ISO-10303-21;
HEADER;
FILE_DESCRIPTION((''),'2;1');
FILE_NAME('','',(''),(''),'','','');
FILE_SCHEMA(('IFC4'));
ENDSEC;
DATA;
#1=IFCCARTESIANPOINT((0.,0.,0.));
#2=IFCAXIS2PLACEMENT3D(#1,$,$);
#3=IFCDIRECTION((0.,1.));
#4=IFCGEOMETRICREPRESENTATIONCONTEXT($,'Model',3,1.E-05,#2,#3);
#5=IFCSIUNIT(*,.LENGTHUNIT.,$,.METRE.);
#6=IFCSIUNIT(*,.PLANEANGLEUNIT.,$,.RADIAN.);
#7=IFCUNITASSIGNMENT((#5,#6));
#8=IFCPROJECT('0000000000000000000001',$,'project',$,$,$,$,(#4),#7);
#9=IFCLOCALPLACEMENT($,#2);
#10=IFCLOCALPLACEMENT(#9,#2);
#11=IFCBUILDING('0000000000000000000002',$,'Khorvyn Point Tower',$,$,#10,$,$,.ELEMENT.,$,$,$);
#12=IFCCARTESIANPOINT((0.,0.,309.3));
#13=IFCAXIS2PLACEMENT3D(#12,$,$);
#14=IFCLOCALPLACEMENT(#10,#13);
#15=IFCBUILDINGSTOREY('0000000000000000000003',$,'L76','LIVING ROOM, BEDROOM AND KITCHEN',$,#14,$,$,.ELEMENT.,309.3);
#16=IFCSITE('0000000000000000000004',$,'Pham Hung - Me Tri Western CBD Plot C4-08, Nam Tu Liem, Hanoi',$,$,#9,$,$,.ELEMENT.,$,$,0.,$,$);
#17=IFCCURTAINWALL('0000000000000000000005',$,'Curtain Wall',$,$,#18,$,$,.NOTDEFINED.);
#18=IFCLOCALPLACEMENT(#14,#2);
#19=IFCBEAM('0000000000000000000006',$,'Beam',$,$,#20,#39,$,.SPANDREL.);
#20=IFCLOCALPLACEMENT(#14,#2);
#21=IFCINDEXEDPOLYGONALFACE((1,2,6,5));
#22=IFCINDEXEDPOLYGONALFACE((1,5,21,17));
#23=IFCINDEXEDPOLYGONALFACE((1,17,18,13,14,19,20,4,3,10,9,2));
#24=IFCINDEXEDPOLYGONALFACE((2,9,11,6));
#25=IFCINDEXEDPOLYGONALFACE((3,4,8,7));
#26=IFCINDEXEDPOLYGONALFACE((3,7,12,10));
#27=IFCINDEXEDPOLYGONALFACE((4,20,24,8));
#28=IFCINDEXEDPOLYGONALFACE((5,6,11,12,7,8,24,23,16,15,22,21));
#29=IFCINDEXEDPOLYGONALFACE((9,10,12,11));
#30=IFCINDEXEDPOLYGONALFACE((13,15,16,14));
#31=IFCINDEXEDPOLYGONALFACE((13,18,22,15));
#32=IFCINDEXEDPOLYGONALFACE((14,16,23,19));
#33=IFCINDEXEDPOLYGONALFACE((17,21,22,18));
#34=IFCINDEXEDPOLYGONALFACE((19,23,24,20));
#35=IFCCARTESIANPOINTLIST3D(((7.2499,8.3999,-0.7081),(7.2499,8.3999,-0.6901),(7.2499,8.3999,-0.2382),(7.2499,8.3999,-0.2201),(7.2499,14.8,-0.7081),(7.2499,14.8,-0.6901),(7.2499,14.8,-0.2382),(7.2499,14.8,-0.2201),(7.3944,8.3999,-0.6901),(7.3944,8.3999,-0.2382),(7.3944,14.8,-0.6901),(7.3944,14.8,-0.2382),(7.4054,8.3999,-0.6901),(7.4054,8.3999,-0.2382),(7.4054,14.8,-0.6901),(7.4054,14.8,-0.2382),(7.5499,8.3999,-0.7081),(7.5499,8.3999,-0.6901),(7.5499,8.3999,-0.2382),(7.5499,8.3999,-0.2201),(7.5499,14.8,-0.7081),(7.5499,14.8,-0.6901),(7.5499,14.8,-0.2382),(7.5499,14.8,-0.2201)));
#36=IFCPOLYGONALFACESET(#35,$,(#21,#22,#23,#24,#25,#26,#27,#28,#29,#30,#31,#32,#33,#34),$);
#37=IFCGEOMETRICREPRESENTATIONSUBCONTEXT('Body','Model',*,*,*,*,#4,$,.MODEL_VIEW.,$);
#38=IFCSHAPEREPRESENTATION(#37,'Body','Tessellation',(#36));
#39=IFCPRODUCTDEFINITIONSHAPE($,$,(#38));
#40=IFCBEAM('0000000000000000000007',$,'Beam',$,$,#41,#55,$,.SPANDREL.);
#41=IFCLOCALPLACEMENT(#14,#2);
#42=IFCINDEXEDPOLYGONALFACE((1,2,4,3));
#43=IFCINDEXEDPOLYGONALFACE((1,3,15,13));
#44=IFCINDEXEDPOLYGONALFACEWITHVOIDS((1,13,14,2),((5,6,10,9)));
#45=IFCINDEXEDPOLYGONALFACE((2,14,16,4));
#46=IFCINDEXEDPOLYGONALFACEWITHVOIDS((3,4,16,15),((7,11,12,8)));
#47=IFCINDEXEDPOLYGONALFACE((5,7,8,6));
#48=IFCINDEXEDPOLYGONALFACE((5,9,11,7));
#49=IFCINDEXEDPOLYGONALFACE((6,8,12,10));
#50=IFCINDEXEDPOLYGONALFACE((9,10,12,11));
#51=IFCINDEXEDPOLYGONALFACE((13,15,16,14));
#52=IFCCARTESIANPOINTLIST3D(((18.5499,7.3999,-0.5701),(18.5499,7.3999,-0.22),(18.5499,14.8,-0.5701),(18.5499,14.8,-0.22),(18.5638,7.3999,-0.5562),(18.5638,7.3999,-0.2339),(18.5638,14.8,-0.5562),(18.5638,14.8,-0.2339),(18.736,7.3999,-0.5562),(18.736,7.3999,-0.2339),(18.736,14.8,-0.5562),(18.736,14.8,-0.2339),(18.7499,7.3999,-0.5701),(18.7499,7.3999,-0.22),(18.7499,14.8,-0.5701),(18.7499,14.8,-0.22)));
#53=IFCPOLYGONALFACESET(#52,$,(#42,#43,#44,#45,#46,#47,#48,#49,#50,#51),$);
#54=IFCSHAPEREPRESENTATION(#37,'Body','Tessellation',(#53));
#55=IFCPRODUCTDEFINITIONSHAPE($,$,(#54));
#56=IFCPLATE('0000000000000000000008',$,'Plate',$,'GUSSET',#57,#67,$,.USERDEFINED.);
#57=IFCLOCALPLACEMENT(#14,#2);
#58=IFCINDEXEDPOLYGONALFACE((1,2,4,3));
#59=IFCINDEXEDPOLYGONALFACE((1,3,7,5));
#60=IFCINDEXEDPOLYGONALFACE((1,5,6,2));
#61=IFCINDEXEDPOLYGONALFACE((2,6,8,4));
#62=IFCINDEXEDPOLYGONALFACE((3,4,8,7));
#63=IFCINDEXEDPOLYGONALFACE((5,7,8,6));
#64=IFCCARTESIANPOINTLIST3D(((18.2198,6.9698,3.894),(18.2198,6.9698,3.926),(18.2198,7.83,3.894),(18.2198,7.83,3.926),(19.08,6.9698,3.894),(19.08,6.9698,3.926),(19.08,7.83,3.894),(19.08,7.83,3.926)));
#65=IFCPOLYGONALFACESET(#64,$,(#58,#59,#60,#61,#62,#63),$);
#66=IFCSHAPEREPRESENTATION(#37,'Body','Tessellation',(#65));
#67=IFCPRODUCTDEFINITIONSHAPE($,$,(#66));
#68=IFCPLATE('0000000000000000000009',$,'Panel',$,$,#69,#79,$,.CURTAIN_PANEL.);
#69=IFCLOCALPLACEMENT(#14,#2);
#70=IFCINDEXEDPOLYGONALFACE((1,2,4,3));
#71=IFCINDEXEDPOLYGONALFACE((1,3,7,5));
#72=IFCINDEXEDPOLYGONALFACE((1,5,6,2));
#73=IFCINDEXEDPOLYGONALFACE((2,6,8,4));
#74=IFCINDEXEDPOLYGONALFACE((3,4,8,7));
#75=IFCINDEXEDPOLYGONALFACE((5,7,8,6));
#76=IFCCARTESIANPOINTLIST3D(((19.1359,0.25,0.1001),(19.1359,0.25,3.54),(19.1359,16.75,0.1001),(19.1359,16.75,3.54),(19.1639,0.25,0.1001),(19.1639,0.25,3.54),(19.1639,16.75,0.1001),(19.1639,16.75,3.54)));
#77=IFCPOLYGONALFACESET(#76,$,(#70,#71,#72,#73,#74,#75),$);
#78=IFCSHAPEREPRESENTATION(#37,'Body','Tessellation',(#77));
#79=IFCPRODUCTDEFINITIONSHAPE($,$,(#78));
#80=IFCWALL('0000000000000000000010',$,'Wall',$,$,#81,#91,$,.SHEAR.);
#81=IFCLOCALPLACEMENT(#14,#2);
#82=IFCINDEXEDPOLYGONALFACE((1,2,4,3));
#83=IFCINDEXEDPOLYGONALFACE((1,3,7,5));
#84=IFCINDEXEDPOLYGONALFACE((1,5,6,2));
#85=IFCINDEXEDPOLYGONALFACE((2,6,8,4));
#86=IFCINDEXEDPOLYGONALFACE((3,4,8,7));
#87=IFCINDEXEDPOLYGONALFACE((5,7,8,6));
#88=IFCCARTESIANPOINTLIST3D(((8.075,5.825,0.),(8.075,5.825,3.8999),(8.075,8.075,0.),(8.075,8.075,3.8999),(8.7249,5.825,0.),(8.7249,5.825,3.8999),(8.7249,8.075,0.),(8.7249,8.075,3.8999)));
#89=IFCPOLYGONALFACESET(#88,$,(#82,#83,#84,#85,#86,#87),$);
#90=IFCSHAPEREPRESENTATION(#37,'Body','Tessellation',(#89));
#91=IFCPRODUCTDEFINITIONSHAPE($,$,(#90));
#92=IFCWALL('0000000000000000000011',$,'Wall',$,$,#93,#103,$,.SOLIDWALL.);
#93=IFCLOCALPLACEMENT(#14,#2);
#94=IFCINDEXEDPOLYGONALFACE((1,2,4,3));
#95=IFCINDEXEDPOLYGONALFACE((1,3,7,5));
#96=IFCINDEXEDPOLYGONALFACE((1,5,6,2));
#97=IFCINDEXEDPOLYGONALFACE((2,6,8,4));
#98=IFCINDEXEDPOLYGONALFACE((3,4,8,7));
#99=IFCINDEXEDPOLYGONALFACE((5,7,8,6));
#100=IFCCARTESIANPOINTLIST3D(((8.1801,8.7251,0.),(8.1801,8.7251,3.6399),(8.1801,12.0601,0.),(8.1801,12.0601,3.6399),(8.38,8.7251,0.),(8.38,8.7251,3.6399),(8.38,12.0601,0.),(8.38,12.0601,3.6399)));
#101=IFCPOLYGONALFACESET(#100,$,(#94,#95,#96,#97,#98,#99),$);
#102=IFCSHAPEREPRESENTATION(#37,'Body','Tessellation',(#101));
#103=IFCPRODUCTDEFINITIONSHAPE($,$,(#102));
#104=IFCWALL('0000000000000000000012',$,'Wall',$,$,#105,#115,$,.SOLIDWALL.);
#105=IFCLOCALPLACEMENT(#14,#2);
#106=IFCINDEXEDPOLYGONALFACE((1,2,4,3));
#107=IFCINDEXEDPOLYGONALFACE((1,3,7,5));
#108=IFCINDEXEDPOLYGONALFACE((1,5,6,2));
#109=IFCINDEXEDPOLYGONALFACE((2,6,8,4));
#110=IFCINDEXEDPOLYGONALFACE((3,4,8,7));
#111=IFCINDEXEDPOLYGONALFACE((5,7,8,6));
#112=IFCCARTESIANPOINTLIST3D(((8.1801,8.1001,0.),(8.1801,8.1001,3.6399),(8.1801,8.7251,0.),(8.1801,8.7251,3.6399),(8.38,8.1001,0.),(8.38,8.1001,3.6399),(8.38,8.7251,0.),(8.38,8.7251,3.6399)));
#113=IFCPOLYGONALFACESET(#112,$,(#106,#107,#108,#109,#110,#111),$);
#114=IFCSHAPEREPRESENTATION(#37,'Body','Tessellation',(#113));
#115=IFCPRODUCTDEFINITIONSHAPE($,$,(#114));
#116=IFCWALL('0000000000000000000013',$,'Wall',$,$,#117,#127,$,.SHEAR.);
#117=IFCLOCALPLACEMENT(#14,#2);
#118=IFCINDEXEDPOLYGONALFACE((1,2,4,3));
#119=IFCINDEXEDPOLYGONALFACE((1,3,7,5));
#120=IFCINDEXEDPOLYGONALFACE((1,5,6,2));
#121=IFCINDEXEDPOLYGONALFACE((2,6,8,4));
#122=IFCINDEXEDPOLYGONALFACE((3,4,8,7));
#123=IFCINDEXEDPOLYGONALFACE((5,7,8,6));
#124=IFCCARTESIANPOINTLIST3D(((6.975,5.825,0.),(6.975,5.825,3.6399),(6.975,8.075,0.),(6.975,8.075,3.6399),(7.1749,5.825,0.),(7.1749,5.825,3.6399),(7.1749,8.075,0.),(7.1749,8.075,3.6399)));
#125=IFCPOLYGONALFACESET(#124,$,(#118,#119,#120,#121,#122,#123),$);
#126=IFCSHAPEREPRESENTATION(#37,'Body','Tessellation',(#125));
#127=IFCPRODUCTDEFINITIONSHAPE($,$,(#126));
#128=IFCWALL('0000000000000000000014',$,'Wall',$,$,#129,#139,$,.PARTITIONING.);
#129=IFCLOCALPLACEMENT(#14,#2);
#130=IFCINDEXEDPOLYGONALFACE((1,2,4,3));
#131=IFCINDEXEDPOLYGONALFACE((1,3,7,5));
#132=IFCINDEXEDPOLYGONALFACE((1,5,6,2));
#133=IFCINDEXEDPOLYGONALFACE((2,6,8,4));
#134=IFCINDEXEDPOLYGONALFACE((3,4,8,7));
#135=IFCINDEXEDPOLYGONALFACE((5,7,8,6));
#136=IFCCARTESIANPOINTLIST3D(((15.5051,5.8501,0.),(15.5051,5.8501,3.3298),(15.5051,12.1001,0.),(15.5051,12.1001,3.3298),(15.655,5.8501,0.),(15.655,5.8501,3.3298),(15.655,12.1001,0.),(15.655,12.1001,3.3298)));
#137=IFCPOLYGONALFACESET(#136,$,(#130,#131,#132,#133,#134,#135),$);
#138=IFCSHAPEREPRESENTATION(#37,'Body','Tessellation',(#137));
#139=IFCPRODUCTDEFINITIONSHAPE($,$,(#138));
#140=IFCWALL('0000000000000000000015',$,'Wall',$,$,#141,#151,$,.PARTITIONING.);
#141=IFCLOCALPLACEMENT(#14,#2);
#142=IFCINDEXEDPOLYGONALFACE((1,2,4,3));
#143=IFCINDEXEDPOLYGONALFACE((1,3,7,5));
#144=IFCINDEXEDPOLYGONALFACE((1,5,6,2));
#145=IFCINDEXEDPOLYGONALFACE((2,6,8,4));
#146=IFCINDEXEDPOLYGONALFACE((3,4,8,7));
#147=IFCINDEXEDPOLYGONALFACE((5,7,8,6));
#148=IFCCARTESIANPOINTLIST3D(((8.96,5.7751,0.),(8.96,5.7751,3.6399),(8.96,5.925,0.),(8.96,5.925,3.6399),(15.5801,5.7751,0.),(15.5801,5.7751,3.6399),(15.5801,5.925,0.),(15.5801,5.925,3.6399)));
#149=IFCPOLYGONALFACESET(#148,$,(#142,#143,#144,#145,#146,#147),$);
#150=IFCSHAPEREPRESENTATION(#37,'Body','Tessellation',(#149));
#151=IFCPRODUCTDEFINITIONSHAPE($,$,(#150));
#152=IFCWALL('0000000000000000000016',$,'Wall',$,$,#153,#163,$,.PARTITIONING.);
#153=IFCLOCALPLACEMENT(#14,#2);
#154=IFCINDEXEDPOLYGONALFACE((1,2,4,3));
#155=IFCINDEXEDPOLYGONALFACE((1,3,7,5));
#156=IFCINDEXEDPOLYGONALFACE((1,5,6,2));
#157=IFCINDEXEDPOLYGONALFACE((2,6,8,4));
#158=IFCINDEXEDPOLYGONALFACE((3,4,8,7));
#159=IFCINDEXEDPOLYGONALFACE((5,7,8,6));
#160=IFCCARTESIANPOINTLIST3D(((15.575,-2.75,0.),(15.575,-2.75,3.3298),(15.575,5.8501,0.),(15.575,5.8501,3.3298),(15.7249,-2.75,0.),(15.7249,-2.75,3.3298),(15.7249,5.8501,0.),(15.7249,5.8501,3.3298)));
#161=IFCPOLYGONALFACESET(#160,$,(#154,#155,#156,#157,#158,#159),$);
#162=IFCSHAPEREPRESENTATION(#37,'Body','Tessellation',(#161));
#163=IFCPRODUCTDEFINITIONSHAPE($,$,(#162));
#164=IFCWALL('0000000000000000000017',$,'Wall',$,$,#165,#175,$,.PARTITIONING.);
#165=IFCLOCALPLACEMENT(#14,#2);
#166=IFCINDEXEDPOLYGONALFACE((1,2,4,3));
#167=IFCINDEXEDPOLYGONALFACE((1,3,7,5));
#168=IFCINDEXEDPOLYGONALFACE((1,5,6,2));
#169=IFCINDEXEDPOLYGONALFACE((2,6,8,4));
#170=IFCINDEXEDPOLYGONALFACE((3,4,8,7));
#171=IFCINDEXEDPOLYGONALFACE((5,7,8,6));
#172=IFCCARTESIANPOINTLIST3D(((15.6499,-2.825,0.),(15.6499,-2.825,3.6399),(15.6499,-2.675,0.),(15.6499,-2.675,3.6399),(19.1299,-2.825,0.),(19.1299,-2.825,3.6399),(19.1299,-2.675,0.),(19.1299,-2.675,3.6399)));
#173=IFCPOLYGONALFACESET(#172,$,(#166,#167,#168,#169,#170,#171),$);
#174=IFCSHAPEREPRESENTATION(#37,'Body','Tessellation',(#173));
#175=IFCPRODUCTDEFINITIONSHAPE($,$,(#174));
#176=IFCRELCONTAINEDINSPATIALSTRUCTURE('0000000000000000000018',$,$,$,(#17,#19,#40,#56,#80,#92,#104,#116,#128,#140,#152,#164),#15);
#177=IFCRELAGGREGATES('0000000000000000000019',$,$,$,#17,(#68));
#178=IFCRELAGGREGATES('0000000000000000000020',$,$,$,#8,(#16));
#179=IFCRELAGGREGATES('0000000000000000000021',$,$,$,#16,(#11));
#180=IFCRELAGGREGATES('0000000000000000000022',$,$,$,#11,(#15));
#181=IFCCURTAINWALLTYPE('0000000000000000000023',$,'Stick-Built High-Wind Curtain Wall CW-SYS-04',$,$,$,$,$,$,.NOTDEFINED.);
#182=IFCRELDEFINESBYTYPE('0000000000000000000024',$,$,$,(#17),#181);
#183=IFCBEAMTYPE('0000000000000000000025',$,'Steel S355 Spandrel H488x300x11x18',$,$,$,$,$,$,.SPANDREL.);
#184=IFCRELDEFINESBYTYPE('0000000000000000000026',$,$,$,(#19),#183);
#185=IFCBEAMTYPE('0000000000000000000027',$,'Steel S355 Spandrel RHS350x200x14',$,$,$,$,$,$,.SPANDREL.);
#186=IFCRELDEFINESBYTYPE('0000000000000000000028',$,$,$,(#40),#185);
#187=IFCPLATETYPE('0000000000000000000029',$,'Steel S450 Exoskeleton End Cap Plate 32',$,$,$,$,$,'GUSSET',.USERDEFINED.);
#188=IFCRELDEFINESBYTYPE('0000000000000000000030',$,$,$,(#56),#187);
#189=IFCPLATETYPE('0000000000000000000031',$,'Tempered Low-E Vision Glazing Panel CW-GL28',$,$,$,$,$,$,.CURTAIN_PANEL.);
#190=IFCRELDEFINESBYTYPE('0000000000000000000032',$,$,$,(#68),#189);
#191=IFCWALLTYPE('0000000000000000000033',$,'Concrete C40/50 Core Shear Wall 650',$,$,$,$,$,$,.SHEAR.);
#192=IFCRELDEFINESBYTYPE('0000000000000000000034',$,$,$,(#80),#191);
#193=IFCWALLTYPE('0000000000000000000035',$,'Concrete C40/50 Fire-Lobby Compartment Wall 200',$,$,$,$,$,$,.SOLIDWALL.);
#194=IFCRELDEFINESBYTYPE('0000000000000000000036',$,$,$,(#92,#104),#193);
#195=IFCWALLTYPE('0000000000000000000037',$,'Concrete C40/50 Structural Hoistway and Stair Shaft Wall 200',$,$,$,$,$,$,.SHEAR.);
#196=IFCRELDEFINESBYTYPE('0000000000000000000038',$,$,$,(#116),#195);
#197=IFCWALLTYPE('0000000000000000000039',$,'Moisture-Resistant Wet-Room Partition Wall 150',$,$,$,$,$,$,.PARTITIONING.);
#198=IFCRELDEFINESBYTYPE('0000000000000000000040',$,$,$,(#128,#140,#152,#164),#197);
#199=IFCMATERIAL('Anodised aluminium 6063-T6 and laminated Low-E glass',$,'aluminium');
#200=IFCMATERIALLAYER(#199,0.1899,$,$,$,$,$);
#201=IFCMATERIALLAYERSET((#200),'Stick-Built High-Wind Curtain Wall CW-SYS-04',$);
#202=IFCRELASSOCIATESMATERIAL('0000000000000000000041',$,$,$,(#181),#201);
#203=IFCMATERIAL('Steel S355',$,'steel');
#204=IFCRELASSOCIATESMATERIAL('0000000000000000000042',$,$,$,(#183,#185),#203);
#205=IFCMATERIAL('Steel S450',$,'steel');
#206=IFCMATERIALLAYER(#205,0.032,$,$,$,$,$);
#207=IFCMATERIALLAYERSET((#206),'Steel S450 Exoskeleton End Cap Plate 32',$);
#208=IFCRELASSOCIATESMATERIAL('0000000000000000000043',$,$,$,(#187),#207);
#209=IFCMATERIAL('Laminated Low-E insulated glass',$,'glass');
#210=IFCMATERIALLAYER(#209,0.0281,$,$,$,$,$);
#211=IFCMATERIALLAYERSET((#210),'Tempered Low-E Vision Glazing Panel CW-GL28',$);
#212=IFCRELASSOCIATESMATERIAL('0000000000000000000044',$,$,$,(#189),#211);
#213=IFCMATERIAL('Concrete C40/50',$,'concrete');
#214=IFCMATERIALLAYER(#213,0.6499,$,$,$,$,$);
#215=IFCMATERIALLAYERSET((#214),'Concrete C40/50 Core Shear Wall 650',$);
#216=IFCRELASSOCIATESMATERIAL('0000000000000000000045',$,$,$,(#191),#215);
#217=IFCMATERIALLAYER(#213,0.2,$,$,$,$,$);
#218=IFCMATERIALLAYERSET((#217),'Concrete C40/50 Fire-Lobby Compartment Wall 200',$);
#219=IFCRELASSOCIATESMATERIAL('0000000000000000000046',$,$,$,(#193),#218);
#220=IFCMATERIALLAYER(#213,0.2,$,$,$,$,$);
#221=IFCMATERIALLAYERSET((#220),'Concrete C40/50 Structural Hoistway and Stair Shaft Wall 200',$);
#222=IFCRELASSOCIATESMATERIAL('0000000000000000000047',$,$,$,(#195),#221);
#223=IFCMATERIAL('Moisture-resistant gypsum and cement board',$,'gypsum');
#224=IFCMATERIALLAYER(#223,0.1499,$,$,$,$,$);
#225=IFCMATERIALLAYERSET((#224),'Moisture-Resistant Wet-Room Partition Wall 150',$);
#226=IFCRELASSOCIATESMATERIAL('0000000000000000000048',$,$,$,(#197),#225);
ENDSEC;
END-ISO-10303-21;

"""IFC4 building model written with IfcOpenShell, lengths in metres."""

from ifc_helpers import new_model, si_unit, direction, frame, frame_2d, origin, origin_2d, place, context, subcontext, project, spatial, rectangle, hollow_rectangle, i_section, extrude, material, layer, layer_set, material_profile, profile_set, type_object, element, aggregate, save


model = new_model("IFC4")

# Units and contexts
model_context = context("Model", 3, precision=1e-05, world=origin(), true_north=direction((0.0, 1.0)))
body_context = subcontext(model_context, "Body", "Model", "MODEL_VIEW")
ifc_project = project(units=[si_unit("LENGTHUNIT", "METRE"), si_unit("PLANEANGLEUNIT", "RADIAN")], contexts=[model_context])

# Site, building, storey
site_placement = place(None, origin())
site = spatial("IfcSite", under=ifc_project, at=site_placement, Name="Pham Hung - Me Tri Western CBD Plot C4-08, Nam Tu Liem, Hanoi", CompositionType="ELEMENT", RefElevation=0.0)
building_placement = place(site_placement, origin())
building = spatial("IfcBuilding", under=site, at=building_placement, Name="Khorvyn Point Tower", CompositionType="ELEMENT")
storey_placement = place(building_placement, frame((0.0, 0.0, 309.3)))
storey = spatial("IfcBuildingStorey", under=building, at=storey_placement, Name="L76", Description="LIVING ROOM, BEDROOM AND KITCHEN", CompositionType="ELEMENT", Elevation=309.3)

# Shared definitions
ifc_material_1 = material(Name="Concrete C40/50", Category="concrete")
ifc_material_2 = material(Name="Steel S355", Category="steel")

# Curtain wall
ifc_material_3 = material(Name="Anodised aluminium 6063-T6 and laminated Low-E glass", Category="aluminium")
ifc_layer_1 = layer(ifc_material_3, 0.1899)
ifc_layer_set_1 = layer_set([ifc_layer_1], Name="Stick-Built High-Wind Curtain Wall CW-SYS-04")
curtain_wall_type = type_object("IfcCurtainWallType", Name="Stick-Built High-Wind Curtain Wall CW-SYS-04", PredefinedType="NOTDEFINED", material=ifc_layer_set_1)
curtain_wall_placement = place(storey_placement, origin())
curtain_wall = element("IfcCurtainWall", 1, at=curtain_wall_placement, inside=storey, type_object=curtain_wall_type, Name="Curtain Wall", PredefinedType="NOTDEFINED")

# Beams
ifc_material_profile_1 = material_profile(ifc_material_2, i_section(OverallWidth=0.3, OverallDepth=0.488, WebThickness=0.011, FlangeThickness=0.0181, at=origin_2d()))
ifc_profile_set_1 = profile_set([ifc_material_profile_1], Name="Steel S355 H488x300x11x18")
beam_type_1 = type_object("IfcBeamType", Name="Steel S355 Spandrel H488x300x11x18", PredefinedType="SPANDREL", material=ifc_profile_set_1)
beam_1_placement = place(storey_placement, frame((7.3999, 8.3999, -0.4641), z_axis=(0.0, 1.0, 0.0), x_axis=(-1.0, 0.0, 0.0)))
element("IfcBeam", 2, at=beam_1_placement, inside=storey, type_object=beam_type_1, Name="Beam", PredefinedType="SPANDREL", context=body_context, shape_type="SweptSolid", body=[
    extrude(i_section(OverallWidth=0.3, OverallDepth=0.488, WebThickness=0.011, FlangeThickness=0.0181, at=origin_2d()), origin(), (0.0, 0.0, 1.0), 6.4001),
])
ifc_material_profile_2 = material_profile(ifc_material_2, hollow_rectangle(XDim=0.2, YDim=0.3501, WallThickness=0.0139, at=origin_2d()))
ifc_profile_set_2 = profile_set([ifc_material_profile_2], Name="Steel S355 RHS350x200x14")
beam_type_2 = type_object("IfcBeamType", Name="Steel S355 Spandrel RHS350x200x14", PredefinedType="SPANDREL", material=ifc_profile_set_2)
beam_2_placement = place(storey_placement, frame((18.6499, 7.3999, -0.395), z_axis=(0.0, 1.0, 0.0), x_axis=(-1.0, 0.0, 0.0)))
element("IfcBeam", 3, at=beam_2_placement, inside=storey, type_object=beam_type_2, Name="Beam", PredefinedType="SPANDREL", context=body_context, shape_type="SweptSolid", body=[
    extrude(hollow_rectangle(XDim=0.2, YDim=0.3501, WallThickness=0.0139, at=origin_2d()), origin(), (0.0, 0.0, 1.0), 7.4001),
])

# Plates
ifc_material_4 = material(Name="Steel S450", Category="steel")
ifc_layer_2 = layer(ifc_material_4, 0.032)
ifc_layer_set_2 = layer_set([ifc_layer_2], Name="Steel S450 Exoskeleton End Cap Plate 32")
plate_type_1 = type_object("IfcPlateType", Name="Steel S450 Exoskeleton End Cap Plate 32", ElementType="GUSSET", PredefinedType="USERDEFINED", material=ifc_layer_set_2)
plate_1_placement = place(storey_placement, frame((18.6499, 7.3999, 3.894), z_axis=(0.0, 0.0, 1.0), x_axis=(1.0, 0.0, 0.0)))
element("IfcPlate", 4, at=plate_1_placement, inside=storey, type_object=plate_type_1, Name="Plate", ObjectType="GUSSET", PredefinedType="USERDEFINED", context=body_context, shape_type="SweptSolid", body=[
    extrude(rectangle(XDim=0.8601, YDim=0.8601, at=origin_2d()), origin(), (0.0, 0.0, 1.0), 0.032),
])
ifc_material_5 = material(Name="Laminated Low-E insulated glass", Category="glass")
ifc_layer_3 = layer(ifc_material_5, 0.0281)
ifc_layer_set_3 = layer_set([ifc_layer_3], Name="Tempered Low-E Vision Glazing Panel CW-GL28")
plate_type_2 = type_object("IfcPlateType", Name="Tempered Low-E Vision Glazing Panel CW-GL28", PredefinedType="CURTAIN_PANEL", material=ifc_layer_set_3)
plate_2_placement = place(storey_placement, frame((19.1499, 8.5, 0.1001), z_axis=(0.0, 0.0, 1.0), x_axis=(0.0, -1.0, 0.0)))
plate_2 = element("IfcPlate", 5, at=plate_2_placement, type_object=plate_type_2, Name="Panel", PredefinedType="CURTAIN_PANEL", context=body_context, shape_type="SweptSolid", body=[
    extrude(rectangle(XDim=16.5, YDim=0.0281, at=origin_2d()), origin(), (0.0, 0.0, 1.0), 3.4399),
])
aggregate(curtain_wall, [plate_2])

# Wall
ifc_layer_4 = layer(ifc_material_1, 0.6499)
ifc_layer_set_4 = layer_set([ifc_layer_4], Name="Concrete C40/50 Core Shear Wall 650")
wall_type_1 = type_object("IfcWallType", Name="Concrete C40/50 Core Shear Wall 650", PredefinedType="SHEAR", material=ifc_layer_set_4)
wall_1_placement = place(storey_placement, frame((8.3999, 5.825, 0.0), z_axis=(0.0, 0.0, 1.0), x_axis=(0.0, 1.0, 0.0)))
element("IfcWall", 6, at=wall_1_placement, inside=storey, type_object=wall_type_1, Name="Wall", PredefinedType="SHEAR", context=body_context, shape_type="SweptSolid", body=[
    extrude(rectangle(XDim=2.25, YDim=0.6499, at=frame_2d((1.125, 0.0))), origin(), (0.0, 0.0, 1.0), 3.8999),
])

# Shared definitions
ifc_layer_5 = layer(ifc_material_1, 0.2)
ifc_layer_set_5 = layer_set([ifc_layer_5], Name="Concrete C40/50 Fire-Lobby Compartment Wall 200")
wall_type_2 = type_object("IfcWallType", Name="Concrete C40/50 Fire-Lobby Compartment Wall 200", PredefinedType="SOLIDWALL", material=ifc_layer_set_5)

# Walls
wall_2_placement = place(storey_placement, frame((8.28, 8.7251, 0.0), z_axis=(0.0, 0.0, 1.0), x_axis=(0.0, 1.0, 0.0)))
element("IfcWall", 7, at=wall_2_placement, inside=storey, type_object=wall_type_2, Name="Wall", PredefinedType="SOLIDWALL", context=body_context, shape_type="SweptSolid", body=[
    extrude(rectangle(XDim=3.335, YDim=0.2, at=frame_2d((1.6675, 0.0))), origin(), (0.0, 0.0, 1.0), 3.6399),
])
wall_3_placement = place(storey_placement, frame((8.28, 8.1001, 0.0), z_axis=(0.0, 0.0, 1.0), x_axis=(0.0, 1.0, 0.0)))
element("IfcWall", 8, at=wall_3_placement, inside=storey, type_object=wall_type_2, Name="Wall", PredefinedType="SOLIDWALL", context=body_context, shape_type="SweptSolid", body=[
    extrude(rectangle(XDim=0.625, YDim=0.2, at=frame_2d((0.3125, 0.0))), origin(), (0.0, 0.0, 1.0), 3.6399),
])
ifc_layer_6 = layer(ifc_material_1, 0.2)
ifc_layer_set_6 = layer_set([ifc_layer_6], Name="Concrete C40/50 Structural Hoistway and Stair Shaft Wall 200")
wall_type_3 = type_object("IfcWallType", Name="Concrete C40/50 Structural Hoistway and Stair Shaft Wall 200", PredefinedType="SHEAR", material=ifc_layer_set_6)
wall_4_placement = place(storey_placement, frame((7.075, 5.825, 0.0), z_axis=(0.0, 0.0, 1.0), x_axis=(0.0, 1.0, 0.0)))
element("IfcWall", 9, at=wall_4_placement, inside=storey, type_object=wall_type_3, Name="Wall", PredefinedType="SHEAR", context=body_context, shape_type="SweptSolid", body=[
    extrude(rectangle(XDim=2.25, YDim=0.2, at=frame_2d((1.125, 0.0))), origin(), (0.0, 0.0, 1.0), 3.6399),
])
ifc_material_6 = material(Name="Moisture-resistant gypsum and cement board", Category="gypsum")
ifc_layer_7 = layer(ifc_material_6, 0.1499)
ifc_layer_set_7 = layer_set([ifc_layer_7], Name="Moisture-Resistant Wet-Room Partition Wall 150")
wall_type_4 = type_object("IfcWallType", Name="Moisture-Resistant Wet-Room Partition Wall 150", PredefinedType="PARTITIONING", material=ifc_layer_set_7)
wall_5_placement = place(storey_placement, frame((15.5801, 5.8501, 0.0), z_axis=(0.0, 0.0, 1.0), x_axis=(0.0, 1.0, 0.0)))
element("IfcWall", 10, at=wall_5_placement, inside=storey, type_object=wall_type_4, Name="Wall", PredefinedType="PARTITIONING", context=body_context, shape_type="SweptSolid", body=[
    extrude(rectangle(XDim=6.25, YDim=0.1499, at=frame_2d((3.125, 0.0))), origin(), (0.0, 0.0, 1.0), 3.3298),
])
wall_6_placement = place(storey_placement, frame((8.96, 5.8501, 0.0), z_axis=(0.0, 0.0, 1.0), x_axis=(1.0, 0.0, 0.0)))
element("IfcWall", 11, at=wall_6_placement, inside=storey, type_object=wall_type_4, Name="Wall", PredefinedType="PARTITIONING", context=body_context, shape_type="SweptSolid", body=[
    extrude(rectangle(XDim=6.6201, YDim=0.1499, at=frame_2d((3.3101, 0.0))), origin(), (0.0, 0.0, 1.0), 3.6399),
])
wall_7_placement = place(storey_placement, frame((15.6499, -2.75, 0.0), z_axis=(0.0, 0.0, 1.0), x_axis=(0.0, 1.0, 0.0)))
element("IfcWall", 12, at=wall_7_placement, inside=storey, type_object=wall_type_4, Name="Wall", PredefinedType="PARTITIONING", context=body_context, shape_type="SweptSolid", body=[
    extrude(rectangle(XDim=8.6001, YDim=0.1499, at=frame_2d((4.3, 0.0))), origin(), (0.0, 0.0, 1.0), 3.3298),
])
wall_8_placement = place(storey_placement, frame((15.6499, -2.75, 0.0), z_axis=(0.0, 0.0, 1.0), x_axis=(1.0, 0.0, 0.0)))
element("IfcWall", 13, at=wall_8_placement, inside=storey, type_object=wall_type_4, Name="Wall", PredefinedType="PARTITIONING", context=body_context, shape_type="SweptSolid", body=[
    extrude(rectangle(XDim=3.48, YDim=0.1499, at=frame_2d((1.74, 0.0))), origin(), (0.0, 0.0, 1.0), 3.6399),
])

save(model, "model.ifc")
